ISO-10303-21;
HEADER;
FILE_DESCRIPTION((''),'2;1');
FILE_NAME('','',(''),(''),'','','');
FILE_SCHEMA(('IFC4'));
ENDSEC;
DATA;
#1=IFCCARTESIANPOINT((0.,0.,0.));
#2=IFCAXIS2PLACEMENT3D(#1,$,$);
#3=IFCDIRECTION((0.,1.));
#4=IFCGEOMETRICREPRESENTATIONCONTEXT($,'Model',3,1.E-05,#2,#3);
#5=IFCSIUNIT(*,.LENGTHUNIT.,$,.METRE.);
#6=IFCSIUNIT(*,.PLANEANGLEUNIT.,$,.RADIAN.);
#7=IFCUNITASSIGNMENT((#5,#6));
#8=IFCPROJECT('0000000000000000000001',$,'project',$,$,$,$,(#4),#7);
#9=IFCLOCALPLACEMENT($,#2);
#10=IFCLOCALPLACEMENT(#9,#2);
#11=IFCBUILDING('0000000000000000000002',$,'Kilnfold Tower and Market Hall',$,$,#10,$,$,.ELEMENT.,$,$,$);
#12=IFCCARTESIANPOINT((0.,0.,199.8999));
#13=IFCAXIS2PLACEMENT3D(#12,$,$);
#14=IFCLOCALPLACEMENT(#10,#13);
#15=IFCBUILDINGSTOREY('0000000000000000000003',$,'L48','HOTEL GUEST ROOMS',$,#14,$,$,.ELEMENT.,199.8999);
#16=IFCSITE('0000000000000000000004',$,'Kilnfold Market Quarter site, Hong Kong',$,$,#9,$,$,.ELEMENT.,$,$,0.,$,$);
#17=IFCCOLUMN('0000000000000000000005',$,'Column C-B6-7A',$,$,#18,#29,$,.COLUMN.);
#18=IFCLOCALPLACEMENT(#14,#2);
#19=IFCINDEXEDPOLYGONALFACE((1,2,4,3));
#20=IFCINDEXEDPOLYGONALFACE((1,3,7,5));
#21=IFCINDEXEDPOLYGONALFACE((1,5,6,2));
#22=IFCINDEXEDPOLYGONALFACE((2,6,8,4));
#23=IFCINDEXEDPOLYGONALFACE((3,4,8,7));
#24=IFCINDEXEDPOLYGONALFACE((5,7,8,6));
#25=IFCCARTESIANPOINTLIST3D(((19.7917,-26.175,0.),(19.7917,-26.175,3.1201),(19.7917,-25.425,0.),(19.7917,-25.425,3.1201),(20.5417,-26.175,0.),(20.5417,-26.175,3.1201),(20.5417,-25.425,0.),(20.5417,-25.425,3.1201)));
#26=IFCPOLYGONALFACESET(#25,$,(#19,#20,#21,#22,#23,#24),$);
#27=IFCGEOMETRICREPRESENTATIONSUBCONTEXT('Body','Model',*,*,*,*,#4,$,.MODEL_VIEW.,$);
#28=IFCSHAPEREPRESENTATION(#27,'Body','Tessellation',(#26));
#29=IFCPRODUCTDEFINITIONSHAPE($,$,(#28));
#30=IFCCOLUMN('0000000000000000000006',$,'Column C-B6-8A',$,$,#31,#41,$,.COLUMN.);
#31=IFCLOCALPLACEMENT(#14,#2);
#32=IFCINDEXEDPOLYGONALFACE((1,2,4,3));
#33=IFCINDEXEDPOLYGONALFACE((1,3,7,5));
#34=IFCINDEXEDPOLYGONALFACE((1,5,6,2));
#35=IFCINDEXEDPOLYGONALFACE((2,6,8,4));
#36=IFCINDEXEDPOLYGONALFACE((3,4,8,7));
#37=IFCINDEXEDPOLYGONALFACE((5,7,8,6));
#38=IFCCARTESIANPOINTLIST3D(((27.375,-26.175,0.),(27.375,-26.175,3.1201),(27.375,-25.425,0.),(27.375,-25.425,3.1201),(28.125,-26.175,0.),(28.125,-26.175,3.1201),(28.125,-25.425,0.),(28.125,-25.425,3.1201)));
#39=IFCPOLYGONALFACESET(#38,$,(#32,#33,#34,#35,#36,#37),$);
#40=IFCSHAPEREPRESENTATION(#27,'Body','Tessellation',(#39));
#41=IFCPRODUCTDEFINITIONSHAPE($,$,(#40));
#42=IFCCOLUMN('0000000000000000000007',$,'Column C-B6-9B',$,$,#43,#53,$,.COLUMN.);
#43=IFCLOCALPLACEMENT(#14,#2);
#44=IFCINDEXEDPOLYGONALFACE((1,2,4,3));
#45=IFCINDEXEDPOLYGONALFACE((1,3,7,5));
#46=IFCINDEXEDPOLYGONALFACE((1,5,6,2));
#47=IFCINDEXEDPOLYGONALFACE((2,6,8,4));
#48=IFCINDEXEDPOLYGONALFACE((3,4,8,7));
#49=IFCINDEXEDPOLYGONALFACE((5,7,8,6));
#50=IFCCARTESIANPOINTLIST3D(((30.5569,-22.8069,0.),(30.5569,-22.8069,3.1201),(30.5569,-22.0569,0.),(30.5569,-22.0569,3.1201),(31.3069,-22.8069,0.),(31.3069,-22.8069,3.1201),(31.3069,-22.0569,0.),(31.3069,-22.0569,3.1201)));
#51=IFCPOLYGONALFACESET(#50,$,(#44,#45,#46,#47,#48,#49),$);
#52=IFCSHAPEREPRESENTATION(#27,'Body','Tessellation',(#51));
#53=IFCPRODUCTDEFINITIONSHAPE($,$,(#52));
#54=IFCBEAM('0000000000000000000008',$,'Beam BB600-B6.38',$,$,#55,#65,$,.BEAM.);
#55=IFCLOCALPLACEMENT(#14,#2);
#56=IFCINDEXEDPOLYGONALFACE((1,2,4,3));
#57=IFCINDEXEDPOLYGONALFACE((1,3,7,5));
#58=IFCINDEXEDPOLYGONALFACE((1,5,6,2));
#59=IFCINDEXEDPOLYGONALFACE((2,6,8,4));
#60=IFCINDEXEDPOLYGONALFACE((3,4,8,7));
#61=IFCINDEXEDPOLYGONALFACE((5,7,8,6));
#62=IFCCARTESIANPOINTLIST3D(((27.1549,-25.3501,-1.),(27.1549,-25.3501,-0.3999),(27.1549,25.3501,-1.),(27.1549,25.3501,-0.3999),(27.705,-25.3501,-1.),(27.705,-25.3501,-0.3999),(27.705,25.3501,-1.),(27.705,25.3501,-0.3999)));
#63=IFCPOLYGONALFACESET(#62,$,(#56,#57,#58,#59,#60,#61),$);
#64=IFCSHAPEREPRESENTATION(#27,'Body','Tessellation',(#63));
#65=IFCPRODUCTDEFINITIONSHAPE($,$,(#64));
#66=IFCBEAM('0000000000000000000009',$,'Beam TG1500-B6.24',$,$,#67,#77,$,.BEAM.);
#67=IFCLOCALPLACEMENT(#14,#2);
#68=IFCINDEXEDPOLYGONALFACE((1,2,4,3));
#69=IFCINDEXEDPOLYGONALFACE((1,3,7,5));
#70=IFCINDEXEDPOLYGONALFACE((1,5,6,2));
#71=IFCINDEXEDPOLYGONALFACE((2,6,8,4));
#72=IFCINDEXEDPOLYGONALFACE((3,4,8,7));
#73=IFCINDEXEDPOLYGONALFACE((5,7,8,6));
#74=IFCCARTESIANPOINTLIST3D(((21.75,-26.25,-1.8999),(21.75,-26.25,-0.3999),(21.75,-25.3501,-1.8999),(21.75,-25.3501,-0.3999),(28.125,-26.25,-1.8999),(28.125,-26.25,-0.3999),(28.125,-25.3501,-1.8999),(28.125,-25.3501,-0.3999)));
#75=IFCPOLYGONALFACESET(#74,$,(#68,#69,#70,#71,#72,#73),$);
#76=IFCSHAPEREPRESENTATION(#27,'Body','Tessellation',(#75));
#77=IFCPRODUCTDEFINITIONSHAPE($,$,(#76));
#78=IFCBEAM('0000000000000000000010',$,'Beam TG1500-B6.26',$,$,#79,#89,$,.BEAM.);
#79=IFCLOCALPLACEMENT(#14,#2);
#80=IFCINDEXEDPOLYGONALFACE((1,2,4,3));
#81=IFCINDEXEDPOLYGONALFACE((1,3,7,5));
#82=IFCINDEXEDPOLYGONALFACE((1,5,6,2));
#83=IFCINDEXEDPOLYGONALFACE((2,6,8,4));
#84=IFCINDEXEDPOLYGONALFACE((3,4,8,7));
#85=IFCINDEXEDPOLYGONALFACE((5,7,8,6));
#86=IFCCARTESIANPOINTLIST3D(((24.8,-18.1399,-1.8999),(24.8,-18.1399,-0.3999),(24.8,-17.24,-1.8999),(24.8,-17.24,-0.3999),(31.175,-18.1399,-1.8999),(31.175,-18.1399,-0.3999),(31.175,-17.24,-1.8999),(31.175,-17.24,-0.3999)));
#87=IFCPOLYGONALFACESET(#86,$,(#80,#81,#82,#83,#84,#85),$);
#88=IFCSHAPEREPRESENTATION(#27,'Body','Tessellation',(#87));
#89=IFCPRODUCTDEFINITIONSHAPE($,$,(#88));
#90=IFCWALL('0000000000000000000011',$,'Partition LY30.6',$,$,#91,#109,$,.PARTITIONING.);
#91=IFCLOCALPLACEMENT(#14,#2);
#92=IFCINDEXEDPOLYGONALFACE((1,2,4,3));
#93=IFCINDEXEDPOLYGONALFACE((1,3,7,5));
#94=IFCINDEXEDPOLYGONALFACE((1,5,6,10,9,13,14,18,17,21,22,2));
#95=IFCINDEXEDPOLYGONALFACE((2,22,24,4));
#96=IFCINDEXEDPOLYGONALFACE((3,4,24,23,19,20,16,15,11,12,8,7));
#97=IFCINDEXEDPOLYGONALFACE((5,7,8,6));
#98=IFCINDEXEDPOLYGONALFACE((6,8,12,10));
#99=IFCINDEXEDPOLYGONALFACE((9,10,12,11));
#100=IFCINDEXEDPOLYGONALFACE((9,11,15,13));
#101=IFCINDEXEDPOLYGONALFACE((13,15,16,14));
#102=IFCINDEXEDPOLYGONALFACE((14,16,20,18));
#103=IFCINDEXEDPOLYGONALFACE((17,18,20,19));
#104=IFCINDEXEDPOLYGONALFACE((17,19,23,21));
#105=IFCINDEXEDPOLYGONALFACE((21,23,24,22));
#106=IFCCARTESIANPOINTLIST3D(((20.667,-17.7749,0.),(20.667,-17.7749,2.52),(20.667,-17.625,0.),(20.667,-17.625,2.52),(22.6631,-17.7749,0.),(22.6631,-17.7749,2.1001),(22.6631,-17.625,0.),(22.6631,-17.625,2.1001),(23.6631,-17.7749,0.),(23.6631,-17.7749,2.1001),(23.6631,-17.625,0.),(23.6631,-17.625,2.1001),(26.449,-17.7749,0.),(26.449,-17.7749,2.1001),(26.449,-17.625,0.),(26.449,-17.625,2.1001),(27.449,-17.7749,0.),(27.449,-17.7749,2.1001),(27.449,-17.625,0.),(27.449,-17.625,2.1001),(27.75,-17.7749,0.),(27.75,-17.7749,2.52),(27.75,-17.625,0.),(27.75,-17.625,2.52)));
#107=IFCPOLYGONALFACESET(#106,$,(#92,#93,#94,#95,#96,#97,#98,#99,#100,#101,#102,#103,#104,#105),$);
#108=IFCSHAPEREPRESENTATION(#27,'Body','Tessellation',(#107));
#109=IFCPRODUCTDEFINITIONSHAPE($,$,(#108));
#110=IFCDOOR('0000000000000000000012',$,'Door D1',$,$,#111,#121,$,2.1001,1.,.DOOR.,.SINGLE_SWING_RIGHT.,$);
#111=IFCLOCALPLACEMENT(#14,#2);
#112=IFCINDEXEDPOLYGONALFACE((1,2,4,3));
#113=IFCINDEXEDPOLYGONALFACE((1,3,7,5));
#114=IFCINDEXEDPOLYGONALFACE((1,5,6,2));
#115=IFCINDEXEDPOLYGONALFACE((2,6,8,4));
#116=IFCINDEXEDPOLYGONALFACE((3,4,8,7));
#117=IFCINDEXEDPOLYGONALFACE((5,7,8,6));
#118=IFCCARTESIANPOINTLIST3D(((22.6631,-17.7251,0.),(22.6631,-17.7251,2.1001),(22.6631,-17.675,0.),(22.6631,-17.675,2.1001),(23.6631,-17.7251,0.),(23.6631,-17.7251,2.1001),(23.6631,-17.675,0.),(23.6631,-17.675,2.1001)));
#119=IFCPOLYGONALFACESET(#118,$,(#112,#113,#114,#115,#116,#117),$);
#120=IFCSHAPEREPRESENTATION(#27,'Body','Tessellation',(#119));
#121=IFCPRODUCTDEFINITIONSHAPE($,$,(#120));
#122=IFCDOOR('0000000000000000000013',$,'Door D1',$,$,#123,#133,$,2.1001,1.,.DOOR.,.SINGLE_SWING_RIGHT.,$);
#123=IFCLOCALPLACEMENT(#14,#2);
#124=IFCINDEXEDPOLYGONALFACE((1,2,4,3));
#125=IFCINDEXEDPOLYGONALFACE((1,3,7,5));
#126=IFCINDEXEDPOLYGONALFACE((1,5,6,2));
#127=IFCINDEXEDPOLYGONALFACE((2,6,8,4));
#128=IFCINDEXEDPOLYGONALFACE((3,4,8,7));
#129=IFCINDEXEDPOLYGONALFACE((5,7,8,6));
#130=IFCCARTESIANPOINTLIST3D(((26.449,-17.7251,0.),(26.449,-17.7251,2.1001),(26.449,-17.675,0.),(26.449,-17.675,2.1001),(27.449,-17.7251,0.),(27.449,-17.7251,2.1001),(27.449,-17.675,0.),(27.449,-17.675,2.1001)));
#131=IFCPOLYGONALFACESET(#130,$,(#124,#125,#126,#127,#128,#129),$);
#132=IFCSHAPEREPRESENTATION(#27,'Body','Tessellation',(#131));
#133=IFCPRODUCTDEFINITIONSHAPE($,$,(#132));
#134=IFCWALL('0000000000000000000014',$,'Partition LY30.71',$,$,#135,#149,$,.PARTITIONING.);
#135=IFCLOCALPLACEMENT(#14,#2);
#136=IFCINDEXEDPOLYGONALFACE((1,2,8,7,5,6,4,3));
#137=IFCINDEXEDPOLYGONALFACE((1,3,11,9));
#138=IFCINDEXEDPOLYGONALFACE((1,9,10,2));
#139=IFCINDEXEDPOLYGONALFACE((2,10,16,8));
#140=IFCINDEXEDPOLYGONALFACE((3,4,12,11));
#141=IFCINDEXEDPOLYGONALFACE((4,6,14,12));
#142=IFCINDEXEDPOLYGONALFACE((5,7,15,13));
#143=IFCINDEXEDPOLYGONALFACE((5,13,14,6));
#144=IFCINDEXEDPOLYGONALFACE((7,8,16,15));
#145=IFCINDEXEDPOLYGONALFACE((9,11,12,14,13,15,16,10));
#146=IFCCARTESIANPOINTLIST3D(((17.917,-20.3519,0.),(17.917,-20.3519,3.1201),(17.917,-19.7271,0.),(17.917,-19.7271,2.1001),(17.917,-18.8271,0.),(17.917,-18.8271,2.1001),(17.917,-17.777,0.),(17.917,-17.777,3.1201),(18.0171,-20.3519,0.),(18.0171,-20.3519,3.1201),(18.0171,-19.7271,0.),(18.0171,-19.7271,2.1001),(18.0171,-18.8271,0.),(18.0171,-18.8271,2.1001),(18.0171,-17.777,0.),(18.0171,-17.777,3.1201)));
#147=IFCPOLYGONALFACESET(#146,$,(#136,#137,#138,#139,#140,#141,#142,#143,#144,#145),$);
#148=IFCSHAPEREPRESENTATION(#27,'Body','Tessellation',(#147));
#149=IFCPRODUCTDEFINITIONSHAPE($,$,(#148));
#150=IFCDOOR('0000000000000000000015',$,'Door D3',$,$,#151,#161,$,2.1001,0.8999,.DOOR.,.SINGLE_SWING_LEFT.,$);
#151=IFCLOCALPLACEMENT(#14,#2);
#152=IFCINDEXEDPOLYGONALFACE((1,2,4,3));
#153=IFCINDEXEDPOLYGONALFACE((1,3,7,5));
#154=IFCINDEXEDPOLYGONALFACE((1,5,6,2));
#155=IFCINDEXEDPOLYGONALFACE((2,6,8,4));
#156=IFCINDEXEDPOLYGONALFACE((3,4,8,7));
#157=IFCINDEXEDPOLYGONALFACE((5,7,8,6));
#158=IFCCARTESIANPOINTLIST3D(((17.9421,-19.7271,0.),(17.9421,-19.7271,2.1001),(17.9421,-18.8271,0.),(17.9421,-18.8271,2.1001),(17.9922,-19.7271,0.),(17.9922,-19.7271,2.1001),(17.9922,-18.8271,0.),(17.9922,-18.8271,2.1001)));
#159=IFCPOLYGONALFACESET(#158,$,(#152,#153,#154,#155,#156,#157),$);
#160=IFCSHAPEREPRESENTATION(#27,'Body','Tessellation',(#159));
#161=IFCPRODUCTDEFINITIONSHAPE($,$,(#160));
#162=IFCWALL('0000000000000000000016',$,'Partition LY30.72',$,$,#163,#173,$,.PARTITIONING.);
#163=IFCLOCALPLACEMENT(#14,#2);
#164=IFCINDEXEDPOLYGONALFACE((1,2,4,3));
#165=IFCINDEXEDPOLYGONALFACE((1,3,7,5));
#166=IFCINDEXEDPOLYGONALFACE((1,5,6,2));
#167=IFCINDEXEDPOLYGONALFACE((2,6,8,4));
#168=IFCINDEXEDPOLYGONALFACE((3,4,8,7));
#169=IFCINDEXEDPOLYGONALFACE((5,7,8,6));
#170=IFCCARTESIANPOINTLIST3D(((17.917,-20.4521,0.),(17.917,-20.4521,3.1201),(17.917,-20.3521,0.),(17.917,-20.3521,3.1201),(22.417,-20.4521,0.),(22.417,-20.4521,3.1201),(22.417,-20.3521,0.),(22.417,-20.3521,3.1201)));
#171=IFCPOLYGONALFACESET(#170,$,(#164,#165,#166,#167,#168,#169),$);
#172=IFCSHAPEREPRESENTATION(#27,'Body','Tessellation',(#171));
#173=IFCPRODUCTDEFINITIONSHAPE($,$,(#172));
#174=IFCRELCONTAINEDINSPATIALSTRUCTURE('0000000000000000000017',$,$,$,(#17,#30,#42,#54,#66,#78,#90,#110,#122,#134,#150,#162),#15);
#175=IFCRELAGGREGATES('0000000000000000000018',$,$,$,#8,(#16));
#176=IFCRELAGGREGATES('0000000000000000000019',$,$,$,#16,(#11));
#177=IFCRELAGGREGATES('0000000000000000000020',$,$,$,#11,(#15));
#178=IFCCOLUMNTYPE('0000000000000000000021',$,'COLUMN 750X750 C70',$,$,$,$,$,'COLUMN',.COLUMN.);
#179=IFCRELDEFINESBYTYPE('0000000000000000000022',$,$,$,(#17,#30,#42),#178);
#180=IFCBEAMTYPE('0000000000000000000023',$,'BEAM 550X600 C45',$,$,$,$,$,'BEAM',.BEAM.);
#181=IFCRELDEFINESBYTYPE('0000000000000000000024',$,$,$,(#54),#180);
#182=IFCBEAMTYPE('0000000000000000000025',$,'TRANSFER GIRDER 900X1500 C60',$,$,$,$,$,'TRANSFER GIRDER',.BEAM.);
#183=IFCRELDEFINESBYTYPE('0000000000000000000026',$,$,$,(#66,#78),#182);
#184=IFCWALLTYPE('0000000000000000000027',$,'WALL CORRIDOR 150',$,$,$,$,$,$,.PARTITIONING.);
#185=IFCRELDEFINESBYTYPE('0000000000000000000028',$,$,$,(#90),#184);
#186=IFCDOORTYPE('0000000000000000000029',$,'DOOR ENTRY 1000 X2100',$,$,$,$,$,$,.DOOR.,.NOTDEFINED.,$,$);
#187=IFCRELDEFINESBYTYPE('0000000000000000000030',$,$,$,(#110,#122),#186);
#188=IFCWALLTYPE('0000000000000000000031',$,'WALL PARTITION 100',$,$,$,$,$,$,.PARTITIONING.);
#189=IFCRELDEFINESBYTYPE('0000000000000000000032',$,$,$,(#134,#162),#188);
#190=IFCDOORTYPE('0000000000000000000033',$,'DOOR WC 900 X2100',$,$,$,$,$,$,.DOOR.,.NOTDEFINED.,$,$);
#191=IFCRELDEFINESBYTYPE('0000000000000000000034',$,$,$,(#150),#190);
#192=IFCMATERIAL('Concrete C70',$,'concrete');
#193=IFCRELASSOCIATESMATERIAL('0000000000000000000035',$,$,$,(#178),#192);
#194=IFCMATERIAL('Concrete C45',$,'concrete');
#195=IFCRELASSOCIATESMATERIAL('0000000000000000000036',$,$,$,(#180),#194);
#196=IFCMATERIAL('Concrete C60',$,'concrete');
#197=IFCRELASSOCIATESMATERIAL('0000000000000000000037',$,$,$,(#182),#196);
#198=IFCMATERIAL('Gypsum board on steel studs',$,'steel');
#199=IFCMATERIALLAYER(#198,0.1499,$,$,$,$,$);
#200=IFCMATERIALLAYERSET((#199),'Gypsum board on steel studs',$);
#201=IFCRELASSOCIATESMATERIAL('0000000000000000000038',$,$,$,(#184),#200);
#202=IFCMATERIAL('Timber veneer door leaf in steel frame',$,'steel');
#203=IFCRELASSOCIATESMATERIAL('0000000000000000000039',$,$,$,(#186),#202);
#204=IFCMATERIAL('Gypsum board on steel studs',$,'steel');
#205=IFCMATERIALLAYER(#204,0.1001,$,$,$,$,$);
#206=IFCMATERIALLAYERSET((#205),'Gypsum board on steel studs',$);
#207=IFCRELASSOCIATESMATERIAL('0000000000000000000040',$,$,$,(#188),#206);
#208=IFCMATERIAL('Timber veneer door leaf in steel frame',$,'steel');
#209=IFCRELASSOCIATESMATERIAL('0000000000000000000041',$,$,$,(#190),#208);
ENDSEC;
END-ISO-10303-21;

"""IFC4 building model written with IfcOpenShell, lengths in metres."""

from ifc_helpers import new_model, si_unit, direction, frame, frame_2d, origin, origin_2d, place, context, subcontext, project, spatial, rectangle, extrude, source, transform, mapped, material, layer, layer_set, material_profile, profile_set, type_object, element, fill, save


model = new_model("IFC4")

# Units and contexts
model_context = context("Model", 3, precision=1e-05, world=origin(), true_north=direction((0.0, 1.0)))
body_context = subcontext(model_context, "Body", "Model", "MODEL_VIEW")
ifc_project = project(units=[si_unit("LENGTHUNIT", "METRE"), si_unit("PLANEANGLEUNIT", "RADIAN")], contexts=[model_context])

# Site, building, storey
site_placement = place(None, origin())
site = spatial("IfcSite", under=ifc_project, at=site_placement, Name="Kilnfold Market Quarter site, Hong Kong", CompositionType="ELEMENT", RefElevation=0.0)
building_placement = place(site_placement, origin())
building = spatial("IfcBuilding", under=site, at=building_placement, Name="Kilnfold Tower and Market Hall", CompositionType="ELEMENT")
storey_placement = place(building_placement, frame((0.0, 0.0, 199.8999)))
storey = spatial("IfcBuildingStorey", under=building, at=storey_placement, Name="L48", Description="HOTEL GUEST ROOMS", CompositionType="ELEMENT", Elevation=199.8999)

# Columns
ifc_material_1 = material(Name="Concrete C70", Category="concrete")
ifc_material_profile_1 = material_profile(ifc_material_1, rectangle(XDim=0.75, YDim=0.75, at=origin_2d()), Name="RC 750x750")
ifc_profile_set_1 = profile_set([ifc_material_profile_1], Name="Concrete C70")
column_type = type_object("IfcColumnType", Name="COLUMN 750X750 C70", ElementType="COLUMN", PredefinedType="COLUMN", material=ifc_profile_set_1)
shared_shape_1 = source(origin(), body_context, "Body", "SweptSolid", [
    extrude(rectangle(XDim=0.75, YDim=0.75, at=origin_2d()), origin(), (0.0, 0.0, 1.0), 3.1201),
])
for number, where, z_axis, x_axis, name in (
    (1, (20.1667, -25.8, 0.0), (0.0, 0.0, 1.0), (1.0, 0.0, 0.0), "Column C-B6-7A"),
    (2, (27.75, -25.8, 0.0), (0.0, 0.0, 1.0), (1.0, 0.0, 0.0), "Column C-B6-8A"),
    (3, (30.9319, -22.4319, 0.0), (0.0, 0.0, 1.0), (1.0, 0.0, 0.0), "Column C-B6-9B"),
):
    element("IfcColumn", number, at=place(storey_placement, frame(where, z_axis=z_axis, x_axis=x_axis)), inside=storey, type_object=column_type, Name=name, PredefinedType="COLUMN", context=body_context, shape_type="MappedRepresentation", body=[
        mapped(shared_shape_1, transform((0.0, 0.0, 0.0))),
    ])

# Beams
ifc_material_2 = material(Name="Concrete C45", Category="concrete")
ifc_material_profile_2 = material_profile(ifc_material_2, rectangle(XDim=0.55, YDim=0.6001, at=origin_2d()), Name="RC 550x600")
ifc_profile_set_2 = profile_set([ifc_material_profile_2], Name="Concrete C45")
beam_type_1 = type_object("IfcBeamType", Name="BEAM 550X600 C45", ElementType="BEAM", PredefinedType="BEAM", material=ifc_profile_set_2)
shared_shape_2 = source(origin(), body_context, "Body", "SweptSolid", [
    extrude(rectangle(XDim=0.55, YDim=0.6001, at=origin_2d()), origin(), (0.0, 0.0, 1.0), 50.7002),
])
beam_placement = place(storey_placement, frame((27.4299, -25.3501, -0.7), z_axis=(0.0, 1.0, 0.0), x_axis=(-1.0, 0.0, 0.0)))
element("IfcBeam", 4, at=beam_placement, inside=storey, type_object=beam_type_1, Name="Beam BB600-B6.38", PredefinedType="BEAM", context=body_context, shape_type="MappedRepresentation", body=[
    mapped(shared_shape_2, transform((0.0, 0.0, 0.0))),
])
ifc_material_3 = material(Name="Concrete C60", Category="concrete")
ifc_material_profile_3 = material_profile(ifc_material_3, rectangle(XDim=0.8999, YDim=1.5, at=origin_2d()), Name="RC 900x1500")
ifc_profile_set_3 = profile_set([ifc_material_profile_3], Name="Concrete C60")
beam_type_2 = type_object("IfcBeamType", Name="TRANSFER GIRDER 900X1500 C60", ElementType="TRANSFER GIRDER", PredefinedType="BEAM", material=ifc_profile_set_3)
shared_shape_3 = source(origin(), body_context, "Body", "SweptSolid", [
    extrude(rectangle(XDim=0.8999, YDim=1.5, at=origin_2d()), origin(), (0.0, 0.0, 1.0), 6.375),
])
for number, where, z_axis, x_axis, name in (
    (5, (21.75, -25.8, -1.1499), (1.0, 0.0, 0.0), (0.0, 1.0, 0.0), "Beam TG1500-B6.24"),
    (6, (24.8, -17.6899, -1.1499), (1.0, 0.0, 0.0), (0.0, 1.0, 0.0), "Beam TG1500-B6.26"),
):
    element("IfcBeam", number, at=place(storey_placement, frame(where, z_axis=z_axis, x_axis=x_axis)), inside=storey, type_object=beam_type_2, Name=name, PredefinedType="BEAM", context=body_context, shape_type="MappedRepresentation", body=[
        mapped(shared_shape_3, transform((0.0, 0.0, 0.0))),
    ])

# Wall, openings, doors
ifc_material_4 = material(Name="Gypsum board on steel studs", Category="steel")
ifc_layer_1 = layer(ifc_material_4, 0.1499)
ifc_layer_set_1 = layer_set([ifc_layer_1], Name="Gypsum board on steel studs")
wall_type_1 = type_object("IfcWallType", Name="WALL CORRIDOR 150", PredefinedType="PARTITIONING", material=ifc_layer_set_1)
wall_1_placement = place(storey_placement, frame((20.667, -17.7, 0.0), z_axis=(0.0, 0.0, 1.0), x_axis=(1.0, 0.0, 0.0)))
wall_1 = element("IfcWall", 7, at=wall_1_placement, inside=storey, type_object=wall_type_1, Name="Partition LY30.6", PredefinedType="PARTITIONING", context=body_context, shape_type="SweptSolid", body=[
    extrude(rectangle(XDim=7.083, YDim=0.1499, at=frame_2d((3.5415, 0.0))), origin(), (0.0, 0.0, 1.0), 2.52),
])
opening_1_placement = place(wall_1_placement, frame((1.9961, 0.0, 0.0)))
opening_1 = element("IfcOpeningElement", 8, at=opening_1_placement, cuts=wall_1, PredefinedType="OPENING", context=body_context, shape_type="SweptSolid", body=[
    extrude(rectangle(XDim=1.0, YDim=2.1001, at=frame_2d((0.5, 1.05))), frame((0.0, 0.085, 0.0), z_axis=(0.0, -1.0, 0.0), x_axis=(1.0, 0.0, 0.0)), (0.0, 0.0, 1.0), 0.1699),
])
opening_2_placement = place(wall_1_placement, frame((5.782, 0.0, 0.0)))
opening_2 = element("IfcOpeningElement", 9, at=opening_2_placement, cuts=wall_1, PredefinedType="OPENING", context=body_context, shape_type="SweptSolid", body=[
    extrude(rectangle(XDim=1.0, YDim=2.1001, at=frame_2d((0.5, 1.05))), frame((0.0, 0.085, 0.0), z_axis=(0.0, -1.0, 0.0), x_axis=(1.0, 0.0, 0.0)), (0.0, 0.0, 1.0), 0.1699),
])
ifc_material_5 = material(Name="Timber veneer door leaf in steel frame", Category="steel")
door_type_1 = type_object("IfcDoorType", Name="DOOR ENTRY 1000 X2100", OperationType="NOTDEFINED", PredefinedType="DOOR", material=ifc_material_5)
door_1_placement = place(opening_1_placement, origin())
door_1 = element("IfcDoor", 10, at=door_1_placement, inside=storey, type_object=door_type_1, Name="Door D1", OperationType="SINGLE_SWING_RIGHT", OverallHeight=2.1001, OverallWidth=1.0, PredefinedType="DOOR", context=body_context, shape_type="SweptSolid", body=[
    extrude(rectangle(XDim=1.0, YDim=2.1001, at=frame_2d((0.5, 1.05))), frame((0.0, 0.0249, 0.0), z_axis=(0.0, -1.0, 0.0), x_axis=(1.0, 0.0, 0.0)), (0.0, 0.0, 1.0), 0.05),
])
fill(opening_1, door_1)
door_2_placement = place(opening_2_placement, origin())
door_2 = element("IfcDoor", 11, at=door_2_placement, inside=storey, type_object=door_type_1, Name="Door D1", OperationType="SINGLE_SWING_RIGHT", OverallHeight=2.1001, OverallWidth=1.0, PredefinedType="DOOR", context=body_context, shape_type="SweptSolid", body=[
    extrude(rectangle(XDim=1.0, YDim=2.1001, at=frame_2d((0.5, 1.05))), frame((0.0, 0.0249, 0.0), z_axis=(0.0, -1.0, 0.0), x_axis=(1.0, 0.0, 0.0)), (0.0, 0.0, 1.0), 0.05),
])
fill(opening_2, door_2)

# Wall, opening, door
ifc_material_6 = material(Name="Gypsum board on steel studs", Category="steel")
ifc_layer_2 = layer(ifc_material_6, 0.1001)
ifc_layer_set_2 = layer_set([ifc_layer_2], Name="Gypsum board on steel studs")
wall_type_2 = type_object("IfcWallType", Name="WALL PARTITION 100", PredefinedType="PARTITIONING", material=ifc_layer_set_2)
wall_2_placement = place(storey_placement, frame((17.967, -20.3521, 0.0), z_axis=(0.0, 0.0, 1.0), x_axis=(0.0, 1.0, 0.0)))
wall_2 = element("IfcWall", 12, at=wall_2_placement, inside=storey, type_object=wall_type_2, Name="Partition LY30.71", PredefinedType="PARTITIONING", context=body_context, shape_type="SweptSolid", body=[
    extrude(rectangle(XDim=2.575, YDim=0.1001, at=frame_2d((1.2876, 0.0))), origin(), (0.0, 0.0, 1.0), 3.1201),
])
opening_3_placement = place(wall_2_placement, frame((0.625, 0.0, 0.0)))
opening_3 = element("IfcOpeningElement", 13, at=opening_3_placement, cuts=wall_2, PredefinedType="OPENING", context=body_context, shape_type="SweptSolid", body=[
    extrude(rectangle(XDim=0.8999, YDim=2.1001, at=frame_2d((0.45, 1.05))), frame((0.0, 0.0601, 0.0), z_axis=(0.0, -1.0, 0.0), x_axis=(1.0, 0.0, 0.0)), (0.0, 0.0, 1.0), 0.1201),
])
ifc_material_7 = material(Name="Timber veneer door leaf in steel frame", Category="steel")
door_type_2 = type_object("IfcDoorType", Name="DOOR WC 900 X2100", OperationType="NOTDEFINED", PredefinedType="DOOR", material=ifc_material_7)
door_3_placement = place(opening_3_placement, origin())
door_3 = element("IfcDoor", 14, at=door_3_placement, inside=storey, type_object=door_type_2, Name="Door D3", OperationType="SINGLE_SWING_LEFT", OverallHeight=2.1001, OverallWidth=0.8999, PredefinedType="DOOR", context=body_context, shape_type="SweptSolid", body=[
    extrude(rectangle(XDim=0.8999, YDim=2.1001, at=frame_2d((0.45, 1.05))), frame((0.0, 0.0249, 0.0), z_axis=(0.0, -1.0, 0.0), x_axis=(1.0, 0.0, 0.0)), (0.0, 0.0, 1.0), 0.05),
])
fill(opening_3, door_3)

# Wall
wall_3_placement = place(storey_placement, frame((17.917, -20.4021, 0.0), z_axis=(0.0, 0.0, 1.0), x_axis=(1.0, 0.0, 0.0)))
element("IfcWall", 15, at=wall_3_placement, inside=storey, type_object=wall_type_2, Name="Partition LY30.72", PredefinedType="PARTITIONING", context=body_context, shape_type="SweptSolid", body=[
    extrude(rectangle(XDim=4.5, YDim=0.1001, at=frame_2d((2.25, 0.0))), origin(), (0.0, 0.0, 1.0), 3.1201),
])

save(model, "model.ifc")
